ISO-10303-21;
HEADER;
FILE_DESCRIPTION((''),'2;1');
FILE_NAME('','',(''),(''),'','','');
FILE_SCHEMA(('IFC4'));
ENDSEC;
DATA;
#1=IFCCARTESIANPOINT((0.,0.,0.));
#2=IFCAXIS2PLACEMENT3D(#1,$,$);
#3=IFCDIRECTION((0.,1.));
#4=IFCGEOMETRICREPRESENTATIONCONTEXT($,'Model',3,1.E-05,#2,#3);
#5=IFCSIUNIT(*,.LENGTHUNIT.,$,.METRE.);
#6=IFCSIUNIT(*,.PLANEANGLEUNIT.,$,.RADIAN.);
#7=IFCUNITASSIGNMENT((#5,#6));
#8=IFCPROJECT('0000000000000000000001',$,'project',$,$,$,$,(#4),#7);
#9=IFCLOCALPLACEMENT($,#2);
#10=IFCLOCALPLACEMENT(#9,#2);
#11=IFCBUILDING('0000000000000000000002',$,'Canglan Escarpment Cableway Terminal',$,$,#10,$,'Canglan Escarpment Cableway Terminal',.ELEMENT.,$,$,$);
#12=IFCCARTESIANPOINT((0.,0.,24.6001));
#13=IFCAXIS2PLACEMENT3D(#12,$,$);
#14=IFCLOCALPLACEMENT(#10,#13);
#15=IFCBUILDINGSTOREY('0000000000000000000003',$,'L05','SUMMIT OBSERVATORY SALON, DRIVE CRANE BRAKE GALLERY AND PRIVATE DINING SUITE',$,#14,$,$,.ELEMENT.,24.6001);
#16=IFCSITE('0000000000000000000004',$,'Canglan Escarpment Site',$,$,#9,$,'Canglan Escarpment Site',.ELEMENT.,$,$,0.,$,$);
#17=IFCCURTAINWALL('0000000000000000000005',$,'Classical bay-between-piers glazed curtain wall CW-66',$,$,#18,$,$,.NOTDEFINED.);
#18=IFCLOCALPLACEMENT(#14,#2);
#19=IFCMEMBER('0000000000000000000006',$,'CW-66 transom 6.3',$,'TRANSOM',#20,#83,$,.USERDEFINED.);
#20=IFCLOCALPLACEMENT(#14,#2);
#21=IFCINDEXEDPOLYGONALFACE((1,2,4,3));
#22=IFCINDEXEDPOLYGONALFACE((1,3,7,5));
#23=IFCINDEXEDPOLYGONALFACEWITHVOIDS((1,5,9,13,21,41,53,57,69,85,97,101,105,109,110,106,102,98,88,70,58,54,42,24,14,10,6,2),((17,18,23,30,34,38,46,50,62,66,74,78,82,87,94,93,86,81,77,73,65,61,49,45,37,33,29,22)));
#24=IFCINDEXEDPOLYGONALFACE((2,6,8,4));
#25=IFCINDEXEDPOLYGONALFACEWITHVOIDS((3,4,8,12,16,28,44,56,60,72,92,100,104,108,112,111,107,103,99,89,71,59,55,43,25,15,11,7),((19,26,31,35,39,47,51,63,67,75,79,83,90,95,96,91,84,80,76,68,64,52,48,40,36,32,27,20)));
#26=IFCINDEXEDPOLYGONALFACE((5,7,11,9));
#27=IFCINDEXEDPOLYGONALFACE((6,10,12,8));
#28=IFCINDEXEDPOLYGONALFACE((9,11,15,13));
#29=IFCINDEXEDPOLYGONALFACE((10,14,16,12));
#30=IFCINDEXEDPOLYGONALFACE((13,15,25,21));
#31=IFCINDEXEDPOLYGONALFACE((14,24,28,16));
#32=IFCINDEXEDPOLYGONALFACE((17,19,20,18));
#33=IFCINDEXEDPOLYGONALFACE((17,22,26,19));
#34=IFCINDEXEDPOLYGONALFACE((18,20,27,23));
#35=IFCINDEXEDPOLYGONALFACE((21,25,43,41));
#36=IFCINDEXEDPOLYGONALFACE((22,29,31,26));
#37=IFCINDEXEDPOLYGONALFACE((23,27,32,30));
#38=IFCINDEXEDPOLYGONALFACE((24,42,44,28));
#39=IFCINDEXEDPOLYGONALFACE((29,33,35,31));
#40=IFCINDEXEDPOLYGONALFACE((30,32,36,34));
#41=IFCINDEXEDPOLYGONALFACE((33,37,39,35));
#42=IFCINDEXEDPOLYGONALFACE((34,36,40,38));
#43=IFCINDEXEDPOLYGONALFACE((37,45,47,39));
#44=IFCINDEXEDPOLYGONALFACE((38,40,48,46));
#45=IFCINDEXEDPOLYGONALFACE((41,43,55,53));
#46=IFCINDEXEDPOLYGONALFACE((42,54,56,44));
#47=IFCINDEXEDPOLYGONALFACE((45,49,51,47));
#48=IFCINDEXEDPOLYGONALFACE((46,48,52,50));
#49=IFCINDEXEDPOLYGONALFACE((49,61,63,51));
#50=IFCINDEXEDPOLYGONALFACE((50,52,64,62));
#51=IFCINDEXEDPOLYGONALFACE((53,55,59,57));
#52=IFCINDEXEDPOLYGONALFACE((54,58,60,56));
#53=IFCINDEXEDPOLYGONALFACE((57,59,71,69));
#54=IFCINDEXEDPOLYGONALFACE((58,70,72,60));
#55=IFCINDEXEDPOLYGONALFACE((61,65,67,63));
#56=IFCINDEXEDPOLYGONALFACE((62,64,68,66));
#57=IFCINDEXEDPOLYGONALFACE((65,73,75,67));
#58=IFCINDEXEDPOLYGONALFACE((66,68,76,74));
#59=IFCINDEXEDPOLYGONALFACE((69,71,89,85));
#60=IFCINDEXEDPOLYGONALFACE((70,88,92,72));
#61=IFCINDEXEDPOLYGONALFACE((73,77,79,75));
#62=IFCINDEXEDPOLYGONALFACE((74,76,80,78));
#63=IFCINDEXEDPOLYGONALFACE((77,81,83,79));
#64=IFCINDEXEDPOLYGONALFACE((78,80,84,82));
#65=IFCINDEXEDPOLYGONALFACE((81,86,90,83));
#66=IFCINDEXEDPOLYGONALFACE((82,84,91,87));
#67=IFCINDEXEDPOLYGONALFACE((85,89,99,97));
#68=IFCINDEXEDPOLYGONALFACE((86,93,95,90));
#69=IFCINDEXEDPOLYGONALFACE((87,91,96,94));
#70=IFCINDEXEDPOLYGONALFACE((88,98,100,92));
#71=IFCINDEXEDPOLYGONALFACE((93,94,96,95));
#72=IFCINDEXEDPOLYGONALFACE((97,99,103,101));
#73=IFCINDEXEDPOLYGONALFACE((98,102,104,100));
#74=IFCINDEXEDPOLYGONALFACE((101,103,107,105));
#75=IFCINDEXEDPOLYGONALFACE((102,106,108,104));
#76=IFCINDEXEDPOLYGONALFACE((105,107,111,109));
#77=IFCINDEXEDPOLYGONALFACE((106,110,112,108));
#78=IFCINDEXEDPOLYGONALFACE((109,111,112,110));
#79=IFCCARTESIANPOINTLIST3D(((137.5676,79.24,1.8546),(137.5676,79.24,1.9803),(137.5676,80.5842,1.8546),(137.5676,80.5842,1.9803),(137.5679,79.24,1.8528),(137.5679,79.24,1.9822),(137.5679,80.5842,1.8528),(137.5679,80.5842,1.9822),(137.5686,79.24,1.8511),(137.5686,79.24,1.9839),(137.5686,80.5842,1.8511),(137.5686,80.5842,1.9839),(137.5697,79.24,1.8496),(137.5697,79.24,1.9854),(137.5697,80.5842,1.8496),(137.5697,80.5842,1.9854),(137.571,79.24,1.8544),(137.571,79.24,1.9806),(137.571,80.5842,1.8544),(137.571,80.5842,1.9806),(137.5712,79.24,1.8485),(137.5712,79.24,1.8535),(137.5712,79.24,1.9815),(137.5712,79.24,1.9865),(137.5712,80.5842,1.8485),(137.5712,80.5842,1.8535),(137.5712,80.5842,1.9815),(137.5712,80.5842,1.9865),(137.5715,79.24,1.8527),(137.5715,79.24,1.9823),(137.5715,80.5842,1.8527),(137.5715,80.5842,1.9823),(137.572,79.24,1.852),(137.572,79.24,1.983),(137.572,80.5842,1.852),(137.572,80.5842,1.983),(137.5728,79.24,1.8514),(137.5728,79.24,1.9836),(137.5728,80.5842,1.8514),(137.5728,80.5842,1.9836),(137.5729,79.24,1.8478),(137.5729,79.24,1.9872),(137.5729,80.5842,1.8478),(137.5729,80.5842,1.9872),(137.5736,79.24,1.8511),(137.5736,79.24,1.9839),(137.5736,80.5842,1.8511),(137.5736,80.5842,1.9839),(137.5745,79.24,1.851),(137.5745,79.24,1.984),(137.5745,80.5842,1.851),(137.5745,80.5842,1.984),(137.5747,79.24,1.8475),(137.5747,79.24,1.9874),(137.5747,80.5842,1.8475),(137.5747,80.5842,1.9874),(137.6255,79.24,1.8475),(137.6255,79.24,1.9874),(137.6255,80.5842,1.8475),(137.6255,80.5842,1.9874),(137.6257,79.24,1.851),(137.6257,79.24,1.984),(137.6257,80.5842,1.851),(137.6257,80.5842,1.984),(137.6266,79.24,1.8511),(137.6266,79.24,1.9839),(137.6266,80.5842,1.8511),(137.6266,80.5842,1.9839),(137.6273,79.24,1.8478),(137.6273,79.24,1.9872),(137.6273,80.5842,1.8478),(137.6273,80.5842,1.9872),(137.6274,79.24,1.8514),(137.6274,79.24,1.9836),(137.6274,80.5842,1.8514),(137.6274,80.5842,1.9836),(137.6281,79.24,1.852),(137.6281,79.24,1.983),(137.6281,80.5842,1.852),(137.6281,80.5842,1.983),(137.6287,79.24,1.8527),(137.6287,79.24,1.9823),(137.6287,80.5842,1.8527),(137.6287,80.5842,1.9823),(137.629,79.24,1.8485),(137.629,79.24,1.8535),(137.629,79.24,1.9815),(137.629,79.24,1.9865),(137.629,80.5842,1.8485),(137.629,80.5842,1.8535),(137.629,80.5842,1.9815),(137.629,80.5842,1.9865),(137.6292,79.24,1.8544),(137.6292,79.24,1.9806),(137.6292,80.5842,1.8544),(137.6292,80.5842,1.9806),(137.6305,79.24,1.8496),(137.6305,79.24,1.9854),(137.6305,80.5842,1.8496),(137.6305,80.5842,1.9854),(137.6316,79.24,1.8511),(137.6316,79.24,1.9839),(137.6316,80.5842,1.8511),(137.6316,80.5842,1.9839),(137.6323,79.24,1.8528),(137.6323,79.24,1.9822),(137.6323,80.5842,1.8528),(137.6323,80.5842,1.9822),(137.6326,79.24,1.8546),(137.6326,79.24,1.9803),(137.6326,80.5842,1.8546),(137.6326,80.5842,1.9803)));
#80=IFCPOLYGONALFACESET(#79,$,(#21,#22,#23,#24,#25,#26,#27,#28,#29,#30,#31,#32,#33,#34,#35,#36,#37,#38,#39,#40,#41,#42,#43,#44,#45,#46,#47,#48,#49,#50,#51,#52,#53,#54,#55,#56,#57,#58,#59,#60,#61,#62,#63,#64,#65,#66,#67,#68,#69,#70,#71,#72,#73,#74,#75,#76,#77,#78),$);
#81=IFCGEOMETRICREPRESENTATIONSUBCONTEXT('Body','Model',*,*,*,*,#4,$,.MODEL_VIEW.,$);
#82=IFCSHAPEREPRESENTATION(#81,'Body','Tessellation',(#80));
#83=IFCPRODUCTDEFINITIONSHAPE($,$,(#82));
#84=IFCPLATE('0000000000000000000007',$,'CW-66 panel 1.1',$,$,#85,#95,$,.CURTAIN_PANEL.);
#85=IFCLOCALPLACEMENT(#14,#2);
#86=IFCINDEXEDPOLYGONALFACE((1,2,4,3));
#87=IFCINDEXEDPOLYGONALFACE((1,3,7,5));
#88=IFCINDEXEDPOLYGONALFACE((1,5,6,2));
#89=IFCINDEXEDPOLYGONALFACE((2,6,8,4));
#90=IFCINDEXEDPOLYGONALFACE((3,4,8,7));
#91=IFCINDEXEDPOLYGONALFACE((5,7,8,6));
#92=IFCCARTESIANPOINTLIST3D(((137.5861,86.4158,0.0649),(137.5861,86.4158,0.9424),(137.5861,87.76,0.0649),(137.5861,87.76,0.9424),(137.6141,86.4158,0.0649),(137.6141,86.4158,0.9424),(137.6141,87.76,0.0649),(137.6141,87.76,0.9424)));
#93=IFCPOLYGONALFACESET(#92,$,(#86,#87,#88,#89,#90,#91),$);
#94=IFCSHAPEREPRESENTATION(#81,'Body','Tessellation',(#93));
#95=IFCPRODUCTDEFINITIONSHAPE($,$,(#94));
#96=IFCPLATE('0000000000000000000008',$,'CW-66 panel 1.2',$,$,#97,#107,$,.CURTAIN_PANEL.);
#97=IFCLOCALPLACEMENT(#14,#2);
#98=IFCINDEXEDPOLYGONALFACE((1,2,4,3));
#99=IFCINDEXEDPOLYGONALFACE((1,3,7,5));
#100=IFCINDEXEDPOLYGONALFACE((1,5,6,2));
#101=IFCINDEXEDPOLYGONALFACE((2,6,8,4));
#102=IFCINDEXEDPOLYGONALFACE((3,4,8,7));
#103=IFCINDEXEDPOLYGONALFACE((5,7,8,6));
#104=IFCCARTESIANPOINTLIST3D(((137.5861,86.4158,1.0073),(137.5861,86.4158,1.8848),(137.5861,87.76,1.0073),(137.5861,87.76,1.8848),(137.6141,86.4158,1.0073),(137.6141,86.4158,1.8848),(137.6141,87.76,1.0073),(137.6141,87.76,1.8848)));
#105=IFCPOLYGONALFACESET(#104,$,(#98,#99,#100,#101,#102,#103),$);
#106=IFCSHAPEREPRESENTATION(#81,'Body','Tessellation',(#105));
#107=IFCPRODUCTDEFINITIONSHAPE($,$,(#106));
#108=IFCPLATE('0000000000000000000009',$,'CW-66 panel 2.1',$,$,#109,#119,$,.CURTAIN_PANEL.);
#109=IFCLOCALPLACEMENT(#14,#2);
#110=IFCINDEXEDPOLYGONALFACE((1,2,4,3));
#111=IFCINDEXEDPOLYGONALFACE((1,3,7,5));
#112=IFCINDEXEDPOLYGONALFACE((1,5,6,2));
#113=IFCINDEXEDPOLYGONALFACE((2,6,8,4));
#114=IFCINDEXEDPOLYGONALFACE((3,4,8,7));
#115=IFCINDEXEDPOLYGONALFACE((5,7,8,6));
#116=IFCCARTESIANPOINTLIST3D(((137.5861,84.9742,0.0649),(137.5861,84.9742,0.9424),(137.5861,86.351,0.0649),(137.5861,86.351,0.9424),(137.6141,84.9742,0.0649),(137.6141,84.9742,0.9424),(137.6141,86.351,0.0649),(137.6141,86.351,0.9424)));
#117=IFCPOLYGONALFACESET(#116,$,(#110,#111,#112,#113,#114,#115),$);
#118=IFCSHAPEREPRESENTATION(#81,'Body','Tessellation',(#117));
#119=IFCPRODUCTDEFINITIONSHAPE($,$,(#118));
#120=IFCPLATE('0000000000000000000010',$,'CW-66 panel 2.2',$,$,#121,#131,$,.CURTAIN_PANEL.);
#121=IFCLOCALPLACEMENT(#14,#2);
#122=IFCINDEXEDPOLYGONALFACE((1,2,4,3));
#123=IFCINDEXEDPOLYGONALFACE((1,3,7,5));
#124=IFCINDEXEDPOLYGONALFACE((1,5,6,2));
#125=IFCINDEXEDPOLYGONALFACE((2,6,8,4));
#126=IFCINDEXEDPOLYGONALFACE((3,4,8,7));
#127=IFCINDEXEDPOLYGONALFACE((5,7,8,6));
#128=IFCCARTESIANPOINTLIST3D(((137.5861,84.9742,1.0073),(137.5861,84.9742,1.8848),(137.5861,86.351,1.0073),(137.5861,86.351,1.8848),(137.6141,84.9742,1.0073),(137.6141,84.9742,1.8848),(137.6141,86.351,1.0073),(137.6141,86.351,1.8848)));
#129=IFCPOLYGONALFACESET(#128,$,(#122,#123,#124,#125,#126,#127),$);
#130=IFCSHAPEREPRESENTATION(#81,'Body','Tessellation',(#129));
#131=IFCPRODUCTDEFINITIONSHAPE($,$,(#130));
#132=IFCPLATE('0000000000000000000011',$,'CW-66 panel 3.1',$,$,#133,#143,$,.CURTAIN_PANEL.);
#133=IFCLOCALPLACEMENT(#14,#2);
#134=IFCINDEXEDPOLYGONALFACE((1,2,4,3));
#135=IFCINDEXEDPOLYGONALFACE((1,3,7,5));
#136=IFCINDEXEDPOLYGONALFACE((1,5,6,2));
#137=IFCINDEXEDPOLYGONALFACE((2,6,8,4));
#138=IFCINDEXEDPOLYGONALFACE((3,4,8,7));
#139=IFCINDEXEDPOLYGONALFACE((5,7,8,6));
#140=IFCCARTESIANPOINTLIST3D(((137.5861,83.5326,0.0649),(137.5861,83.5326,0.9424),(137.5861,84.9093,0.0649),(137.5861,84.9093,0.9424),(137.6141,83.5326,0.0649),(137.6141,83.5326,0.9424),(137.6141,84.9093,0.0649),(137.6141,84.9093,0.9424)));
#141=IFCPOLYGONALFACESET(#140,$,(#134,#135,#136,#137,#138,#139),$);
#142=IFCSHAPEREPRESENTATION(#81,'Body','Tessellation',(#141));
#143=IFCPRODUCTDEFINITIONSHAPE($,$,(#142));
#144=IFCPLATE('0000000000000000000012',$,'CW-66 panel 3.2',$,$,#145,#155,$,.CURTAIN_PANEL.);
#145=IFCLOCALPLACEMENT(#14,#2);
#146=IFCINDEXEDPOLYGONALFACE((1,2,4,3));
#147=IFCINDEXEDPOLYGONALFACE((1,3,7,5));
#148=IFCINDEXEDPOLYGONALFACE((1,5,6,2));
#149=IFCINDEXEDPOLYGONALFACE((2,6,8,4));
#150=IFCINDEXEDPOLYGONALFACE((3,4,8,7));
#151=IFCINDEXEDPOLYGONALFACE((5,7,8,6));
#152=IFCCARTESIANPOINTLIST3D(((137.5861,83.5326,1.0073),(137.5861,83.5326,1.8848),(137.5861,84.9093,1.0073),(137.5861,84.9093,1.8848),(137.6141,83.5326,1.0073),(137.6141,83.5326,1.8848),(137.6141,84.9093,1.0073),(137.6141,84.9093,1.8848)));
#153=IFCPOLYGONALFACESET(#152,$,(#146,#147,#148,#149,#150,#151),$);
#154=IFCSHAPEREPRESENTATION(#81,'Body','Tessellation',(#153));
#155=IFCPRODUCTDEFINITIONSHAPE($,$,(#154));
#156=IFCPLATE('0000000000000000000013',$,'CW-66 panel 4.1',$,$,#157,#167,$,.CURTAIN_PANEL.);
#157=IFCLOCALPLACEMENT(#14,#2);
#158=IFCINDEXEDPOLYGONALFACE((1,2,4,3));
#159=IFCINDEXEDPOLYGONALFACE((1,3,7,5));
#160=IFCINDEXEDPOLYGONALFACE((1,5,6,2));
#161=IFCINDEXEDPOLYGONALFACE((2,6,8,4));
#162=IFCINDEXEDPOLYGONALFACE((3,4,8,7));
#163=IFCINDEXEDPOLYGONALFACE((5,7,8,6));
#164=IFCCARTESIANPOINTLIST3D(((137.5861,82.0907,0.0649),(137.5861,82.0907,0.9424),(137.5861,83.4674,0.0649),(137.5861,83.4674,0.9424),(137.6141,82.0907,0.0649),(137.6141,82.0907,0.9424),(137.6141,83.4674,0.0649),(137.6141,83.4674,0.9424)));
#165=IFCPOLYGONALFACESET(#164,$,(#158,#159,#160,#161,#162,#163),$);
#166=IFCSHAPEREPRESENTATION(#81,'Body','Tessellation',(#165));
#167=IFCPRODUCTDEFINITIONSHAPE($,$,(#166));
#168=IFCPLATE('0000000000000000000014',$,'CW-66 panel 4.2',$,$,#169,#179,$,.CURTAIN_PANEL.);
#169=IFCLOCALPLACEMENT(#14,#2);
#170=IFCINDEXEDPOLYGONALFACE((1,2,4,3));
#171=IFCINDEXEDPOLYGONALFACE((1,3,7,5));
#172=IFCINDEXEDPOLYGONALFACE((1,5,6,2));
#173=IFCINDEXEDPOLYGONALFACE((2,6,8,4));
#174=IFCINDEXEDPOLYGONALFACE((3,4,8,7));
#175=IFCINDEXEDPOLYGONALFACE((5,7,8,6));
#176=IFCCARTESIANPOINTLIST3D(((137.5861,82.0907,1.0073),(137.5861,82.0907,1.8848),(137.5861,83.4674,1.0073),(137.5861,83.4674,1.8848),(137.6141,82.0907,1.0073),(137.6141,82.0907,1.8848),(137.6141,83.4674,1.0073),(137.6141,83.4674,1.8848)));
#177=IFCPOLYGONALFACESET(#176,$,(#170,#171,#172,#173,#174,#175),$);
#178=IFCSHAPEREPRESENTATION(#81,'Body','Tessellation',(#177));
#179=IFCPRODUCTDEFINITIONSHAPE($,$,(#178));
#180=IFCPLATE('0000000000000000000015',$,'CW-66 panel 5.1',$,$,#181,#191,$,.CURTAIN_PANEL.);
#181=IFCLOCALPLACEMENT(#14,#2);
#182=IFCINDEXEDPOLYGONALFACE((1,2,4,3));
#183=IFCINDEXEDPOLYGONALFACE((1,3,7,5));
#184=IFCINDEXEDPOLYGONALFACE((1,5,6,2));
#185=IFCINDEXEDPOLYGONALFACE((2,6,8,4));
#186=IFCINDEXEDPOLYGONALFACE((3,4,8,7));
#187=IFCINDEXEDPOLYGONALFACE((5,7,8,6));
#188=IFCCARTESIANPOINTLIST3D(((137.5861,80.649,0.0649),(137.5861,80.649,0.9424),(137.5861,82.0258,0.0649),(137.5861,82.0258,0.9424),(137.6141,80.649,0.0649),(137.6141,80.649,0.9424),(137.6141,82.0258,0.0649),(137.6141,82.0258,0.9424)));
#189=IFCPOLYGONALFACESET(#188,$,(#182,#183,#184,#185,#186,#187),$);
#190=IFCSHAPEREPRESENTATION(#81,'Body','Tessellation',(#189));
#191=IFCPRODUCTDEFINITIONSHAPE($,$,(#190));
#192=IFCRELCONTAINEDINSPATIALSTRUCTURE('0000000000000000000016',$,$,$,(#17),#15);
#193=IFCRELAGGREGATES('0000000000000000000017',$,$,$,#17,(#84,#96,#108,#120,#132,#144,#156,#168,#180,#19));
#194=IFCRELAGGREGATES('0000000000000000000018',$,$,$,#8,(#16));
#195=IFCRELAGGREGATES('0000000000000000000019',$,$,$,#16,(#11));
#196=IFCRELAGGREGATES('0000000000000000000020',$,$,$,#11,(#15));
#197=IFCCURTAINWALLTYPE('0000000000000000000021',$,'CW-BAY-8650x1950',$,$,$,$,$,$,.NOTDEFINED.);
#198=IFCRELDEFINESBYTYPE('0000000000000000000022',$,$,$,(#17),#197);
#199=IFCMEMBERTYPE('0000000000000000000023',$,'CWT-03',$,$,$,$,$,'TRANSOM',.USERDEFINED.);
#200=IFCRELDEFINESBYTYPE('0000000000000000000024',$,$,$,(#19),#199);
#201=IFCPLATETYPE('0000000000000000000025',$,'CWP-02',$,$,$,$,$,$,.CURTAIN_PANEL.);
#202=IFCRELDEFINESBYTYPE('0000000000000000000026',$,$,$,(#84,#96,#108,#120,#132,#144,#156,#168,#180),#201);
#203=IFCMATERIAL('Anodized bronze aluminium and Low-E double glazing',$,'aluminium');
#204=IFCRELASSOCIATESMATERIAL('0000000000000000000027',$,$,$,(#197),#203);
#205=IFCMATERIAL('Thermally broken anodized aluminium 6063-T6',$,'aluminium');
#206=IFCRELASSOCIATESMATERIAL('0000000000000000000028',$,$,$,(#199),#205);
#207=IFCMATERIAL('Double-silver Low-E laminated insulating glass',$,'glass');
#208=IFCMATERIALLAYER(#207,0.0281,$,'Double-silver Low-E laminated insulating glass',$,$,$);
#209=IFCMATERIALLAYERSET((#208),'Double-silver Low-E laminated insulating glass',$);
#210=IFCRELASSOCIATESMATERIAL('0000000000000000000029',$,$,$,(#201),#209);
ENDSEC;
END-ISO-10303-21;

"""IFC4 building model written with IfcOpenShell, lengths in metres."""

from ifc_helpers import new_model, si_unit, direction, frame, origin, origin_2d, place, context, subcontext, project, spatial, rectangle, hollow_rectangle, extrude, material, layer, layer_set, material_profile, profile_set, type_object, element, aggregate, save


model = new_model("IFC4")

# Units and contexts
model_context = context("Model", 3, precision=1e-05, world=origin(), true_north=direction((0.0, 1.0)))
body_context = subcontext(model_context, "Body", "Model", "MODEL_VIEW")
ifc_project = project(units=[si_unit("LENGTHUNIT", "METRE"), si_unit("PLANEANGLEUNIT", "RADIAN")], contexts=[model_context])

# Site, building, storey
site_placement = place(None, origin())
site = spatial("IfcSite", under=ifc_project, at=site_placement, Name="Canglan Escarpment Site", LongName="Canglan Escarpment Site", CompositionType="ELEMENT", RefElevation=0.0)
building_placement = place(site_placement, origin())
building = spatial("IfcBuilding", under=site, at=building_placement, Name="Canglan Escarpment Cableway Terminal", LongName="Canglan Escarpment Cableway Terminal", CompositionType="ELEMENT")
storey_placement = place(building_placement, frame((0.0, 0.0, 24.6001)))
storey = spatial("IfcBuildingStorey", under=building, at=storey_placement, Name="L05", Description="SUMMIT OBSERVATORY SALON, DRIVE CRANE BRAKE GALLERY AND PRIVATE DINING SUITE", CompositionType="ELEMENT", Elevation=24.6001)

# Curtain wall, member, plates
ifc_material_1 = material(Name="Anodized bronze aluminium and Low-E double glazing", Category="aluminium")
curtain_wall_type = type_object("IfcCurtainWallType", Name="CW-BAY-8650x1950", PredefinedType="NOTDEFINED", material=ifc_material_1)
curtain_wall_placement = place(storey_placement, origin())
curtain_wall = element("IfcCurtainWall", 1, at=curtain_wall_placement, inside=storey, type_object=curtain_wall_type, Name="Classical bay-between-piers glazed curtain wall CW-66", PredefinedType="NOTDEFINED")
ifc_material_2 = material(Name="Thermally broken anodized aluminium 6063-T6", Category="aluminium")
ifc_material_profile_1 = material_profile(ifc_material_2, hollow_rectangle(XDim=0.0649, YDim=0.1399, WallThickness=0.0034, InnerFilletRadius=0.0034, OuterFilletRadius=0.0071, at=origin_2d()), Name="ALU-TRAN 65x140x3.5")
ifc_profile_set_1 = profile_set([ifc_material_profile_1], Name="Thermally broken anodized aluminium 6063-T6")
member_type_1 = type_object("IfcMemberType", Name="CWT-03", ElementType="TRANSOM", PredefinedType="USERDEFINED", material=ifc_profile_set_1)
member_1_placement = place(storey_placement, frame((137.6001, 80.5842, 1.9175), z_axis=(0.0, -1.0, 0.0), x_axis=(1.0, 0.0, 0.0)))
member_1 = element("IfcMember", 2, at=member_1_placement, type_object=member_type_1, Name="CW-66 transom 6.3", ObjectType="TRANSOM", PredefinedType="USERDEFINED", context=body_context, shape_type="SweptSolid", body=[
    extrude(hollow_rectangle(XDim=0.0649, YDim=0.1399, WallThickness=0.0034, InnerFilletRadius=0.0034, OuterFilletRadius=0.0071, at=origin_2d()), origin(), (0.0, 0.0, 1.0), 1.3442),
])
ifc_material_3 = material(Name="Double-silver Low-E laminated insulating glass", Category="glass")
ifc_layer = layer(ifc_material_3, 0.0281, Name="Double-silver Low-E laminated insulating glass")
ifc_layer_set = layer_set([ifc_layer], Name="Double-silver Low-E laminated insulating glass")
plate_type = type_object("IfcPlateType", Name="CWP-02", PredefinedType="CURTAIN_PANEL", material=ifc_layer_set)
plate_1_placement = place(storey_placement, frame((137.6001, 87.0879, 0.0649), z_axis=(0.0, 0.0, 1.0), x_axis=(0.0, -1.0, 0.0)))
plate_1 = element("IfcPlate", 3, at=plate_1_placement, type_object=plate_type, Name="CW-66 panel 1.1", PredefinedType="CURTAIN_PANEL", context=body_context, shape_type="SweptSolid", body=[
    extrude(rectangle(XDim=1.3442, YDim=0.0281, at=origin_2d()), origin(), (0.0, 0.0, 1.0), 0.8774),
])
plate_2_placement = place(storey_placement, frame((137.6001, 87.0879, 1.0073), z_axis=(0.0, 0.0, 1.0), x_axis=(0.0, -1.0, 0.0)))
plate_2 = element("IfcPlate", 4, at=plate_2_placement, type_object=plate_type, Name="CW-66 panel 1.2", PredefinedType="CURTAIN_PANEL", context=body_context, shape_type="SweptSolid", body=[
    extrude(rectangle(XDim=1.3442, YDim=0.0281, at=origin_2d()), origin(), (0.0, 0.0, 1.0), 0.8774),
])
plate_3_placement = place(storey_placement, frame((137.6001, 85.6626, 0.0649), z_axis=(0.0, 0.0, 1.0), x_axis=(0.0, -1.0, 0.0)))
plate_3 = element("IfcPlate", 5, at=plate_3_placement, type_object=plate_type, Name="CW-66 panel 2.1", PredefinedType="CURTAIN_PANEL", context=body_context, shape_type="SweptSolid", body=[
    extrude(rectangle(XDim=1.3767, YDim=0.0281, at=origin_2d()), origin(), (0.0, 0.0, 1.0), 0.8774),
])
plate_4_placement = place(storey_placement, frame((137.6001, 85.6626, 1.0073), z_axis=(0.0, 0.0, 1.0), x_axis=(0.0, -1.0, 0.0)))
plate_4 = element("IfcPlate", 6, at=plate_4_placement, type_object=plate_type, Name="CW-66 panel 2.2", PredefinedType="CURTAIN_PANEL", context=body_context, shape_type="SweptSolid", body=[
    extrude(rectangle(XDim=1.3767, YDim=0.0281, at=origin_2d()), origin(), (0.0, 0.0, 1.0), 0.8774),
])
plate_5_placement = place(storey_placement, frame((137.6001, 84.2209, 0.0649), z_axis=(0.0, 0.0, 1.0), x_axis=(0.0, -1.0, 0.0)))
plate_5 = element("IfcPlate", 7, at=plate_5_placement, type_object=plate_type, Name="CW-66 panel 3.1", PredefinedType="CURTAIN_PANEL", context=body_context, shape_type="SweptSolid", body=[
    extrude(rectangle(XDim=1.3767, YDim=0.0281, at=origin_2d()), origin(), (0.0, 0.0, 1.0), 0.8774),
])
plate_6_placement = place(storey_placement, frame((137.6001, 84.2209, 1.0073), z_axis=(0.0, 0.0, 1.0), x_axis=(0.0, -1.0, 0.0)))
plate_6 = element("IfcPlate", 8, at=plate_6_placement, type_object=plate_type, Name="CW-66 panel 3.2", PredefinedType="CURTAIN_PANEL", context=body_context, shape_type="SweptSolid", body=[
    extrude(rectangle(XDim=1.3767, YDim=0.0281, at=origin_2d()), origin(), (0.0, 0.0, 1.0), 0.8774),
])
plate_7_placement = place(storey_placement, frame((137.6001, 82.7791, 0.0649), z_axis=(0.0, 0.0, 1.0), x_axis=(0.0, -1.0, 0.0)))
plate_7 = element("IfcPlate", 9, at=plate_7_placement, type_object=plate_type, Name="CW-66 panel 4.1", PredefinedType="CURTAIN_PANEL", context=body_context, shape_type="SweptSolid", body=[
    extrude(rectangle(XDim=1.3767, YDim=0.0281, at=origin_2d()), origin(), (0.0, 0.0, 1.0), 0.8774),
])
plate_8_placement = place(storey_placement, frame((137.6001, 82.7791, 1.0073), z_axis=(0.0, 0.0, 1.0), x_axis=(0.0, -1.0, 0.0)))
plate_8 = element("IfcPlate", 10, at=plate_8_placement, type_object=plate_type, Name="CW-66 panel 4.2", PredefinedType="CURTAIN_PANEL", context=body_context, shape_type="SweptSolid", body=[
    extrude(rectangle(XDim=1.3767, YDim=0.0281, at=origin_2d()), origin(), (0.0, 0.0, 1.0), 0.8774),
])
plate_9_placement = place(storey_placement, frame((137.6001, 81.3374, 0.0649), z_axis=(0.0, 0.0, 1.0), x_axis=(0.0, -1.0, 0.0)))
plate_9 = element("IfcPlate", 11, at=plate_9_placement, type_object=plate_type, Name="CW-66 panel 5.1", PredefinedType="CURTAIN_PANEL", context=body_context, shape_type="SweptSolid", body=[
    extrude(rectangle(XDim=1.3767, YDim=0.0281, at=origin_2d()), origin(), (0.0, 0.0, 1.0), 0.8774),
])
aggregate(curtain_wall, [plate_1, plate_2, plate_3, plate_4, plate_5, plate_6, plate_7, plate_8, plate_9, member_1])

save(model, "model.ifc")
